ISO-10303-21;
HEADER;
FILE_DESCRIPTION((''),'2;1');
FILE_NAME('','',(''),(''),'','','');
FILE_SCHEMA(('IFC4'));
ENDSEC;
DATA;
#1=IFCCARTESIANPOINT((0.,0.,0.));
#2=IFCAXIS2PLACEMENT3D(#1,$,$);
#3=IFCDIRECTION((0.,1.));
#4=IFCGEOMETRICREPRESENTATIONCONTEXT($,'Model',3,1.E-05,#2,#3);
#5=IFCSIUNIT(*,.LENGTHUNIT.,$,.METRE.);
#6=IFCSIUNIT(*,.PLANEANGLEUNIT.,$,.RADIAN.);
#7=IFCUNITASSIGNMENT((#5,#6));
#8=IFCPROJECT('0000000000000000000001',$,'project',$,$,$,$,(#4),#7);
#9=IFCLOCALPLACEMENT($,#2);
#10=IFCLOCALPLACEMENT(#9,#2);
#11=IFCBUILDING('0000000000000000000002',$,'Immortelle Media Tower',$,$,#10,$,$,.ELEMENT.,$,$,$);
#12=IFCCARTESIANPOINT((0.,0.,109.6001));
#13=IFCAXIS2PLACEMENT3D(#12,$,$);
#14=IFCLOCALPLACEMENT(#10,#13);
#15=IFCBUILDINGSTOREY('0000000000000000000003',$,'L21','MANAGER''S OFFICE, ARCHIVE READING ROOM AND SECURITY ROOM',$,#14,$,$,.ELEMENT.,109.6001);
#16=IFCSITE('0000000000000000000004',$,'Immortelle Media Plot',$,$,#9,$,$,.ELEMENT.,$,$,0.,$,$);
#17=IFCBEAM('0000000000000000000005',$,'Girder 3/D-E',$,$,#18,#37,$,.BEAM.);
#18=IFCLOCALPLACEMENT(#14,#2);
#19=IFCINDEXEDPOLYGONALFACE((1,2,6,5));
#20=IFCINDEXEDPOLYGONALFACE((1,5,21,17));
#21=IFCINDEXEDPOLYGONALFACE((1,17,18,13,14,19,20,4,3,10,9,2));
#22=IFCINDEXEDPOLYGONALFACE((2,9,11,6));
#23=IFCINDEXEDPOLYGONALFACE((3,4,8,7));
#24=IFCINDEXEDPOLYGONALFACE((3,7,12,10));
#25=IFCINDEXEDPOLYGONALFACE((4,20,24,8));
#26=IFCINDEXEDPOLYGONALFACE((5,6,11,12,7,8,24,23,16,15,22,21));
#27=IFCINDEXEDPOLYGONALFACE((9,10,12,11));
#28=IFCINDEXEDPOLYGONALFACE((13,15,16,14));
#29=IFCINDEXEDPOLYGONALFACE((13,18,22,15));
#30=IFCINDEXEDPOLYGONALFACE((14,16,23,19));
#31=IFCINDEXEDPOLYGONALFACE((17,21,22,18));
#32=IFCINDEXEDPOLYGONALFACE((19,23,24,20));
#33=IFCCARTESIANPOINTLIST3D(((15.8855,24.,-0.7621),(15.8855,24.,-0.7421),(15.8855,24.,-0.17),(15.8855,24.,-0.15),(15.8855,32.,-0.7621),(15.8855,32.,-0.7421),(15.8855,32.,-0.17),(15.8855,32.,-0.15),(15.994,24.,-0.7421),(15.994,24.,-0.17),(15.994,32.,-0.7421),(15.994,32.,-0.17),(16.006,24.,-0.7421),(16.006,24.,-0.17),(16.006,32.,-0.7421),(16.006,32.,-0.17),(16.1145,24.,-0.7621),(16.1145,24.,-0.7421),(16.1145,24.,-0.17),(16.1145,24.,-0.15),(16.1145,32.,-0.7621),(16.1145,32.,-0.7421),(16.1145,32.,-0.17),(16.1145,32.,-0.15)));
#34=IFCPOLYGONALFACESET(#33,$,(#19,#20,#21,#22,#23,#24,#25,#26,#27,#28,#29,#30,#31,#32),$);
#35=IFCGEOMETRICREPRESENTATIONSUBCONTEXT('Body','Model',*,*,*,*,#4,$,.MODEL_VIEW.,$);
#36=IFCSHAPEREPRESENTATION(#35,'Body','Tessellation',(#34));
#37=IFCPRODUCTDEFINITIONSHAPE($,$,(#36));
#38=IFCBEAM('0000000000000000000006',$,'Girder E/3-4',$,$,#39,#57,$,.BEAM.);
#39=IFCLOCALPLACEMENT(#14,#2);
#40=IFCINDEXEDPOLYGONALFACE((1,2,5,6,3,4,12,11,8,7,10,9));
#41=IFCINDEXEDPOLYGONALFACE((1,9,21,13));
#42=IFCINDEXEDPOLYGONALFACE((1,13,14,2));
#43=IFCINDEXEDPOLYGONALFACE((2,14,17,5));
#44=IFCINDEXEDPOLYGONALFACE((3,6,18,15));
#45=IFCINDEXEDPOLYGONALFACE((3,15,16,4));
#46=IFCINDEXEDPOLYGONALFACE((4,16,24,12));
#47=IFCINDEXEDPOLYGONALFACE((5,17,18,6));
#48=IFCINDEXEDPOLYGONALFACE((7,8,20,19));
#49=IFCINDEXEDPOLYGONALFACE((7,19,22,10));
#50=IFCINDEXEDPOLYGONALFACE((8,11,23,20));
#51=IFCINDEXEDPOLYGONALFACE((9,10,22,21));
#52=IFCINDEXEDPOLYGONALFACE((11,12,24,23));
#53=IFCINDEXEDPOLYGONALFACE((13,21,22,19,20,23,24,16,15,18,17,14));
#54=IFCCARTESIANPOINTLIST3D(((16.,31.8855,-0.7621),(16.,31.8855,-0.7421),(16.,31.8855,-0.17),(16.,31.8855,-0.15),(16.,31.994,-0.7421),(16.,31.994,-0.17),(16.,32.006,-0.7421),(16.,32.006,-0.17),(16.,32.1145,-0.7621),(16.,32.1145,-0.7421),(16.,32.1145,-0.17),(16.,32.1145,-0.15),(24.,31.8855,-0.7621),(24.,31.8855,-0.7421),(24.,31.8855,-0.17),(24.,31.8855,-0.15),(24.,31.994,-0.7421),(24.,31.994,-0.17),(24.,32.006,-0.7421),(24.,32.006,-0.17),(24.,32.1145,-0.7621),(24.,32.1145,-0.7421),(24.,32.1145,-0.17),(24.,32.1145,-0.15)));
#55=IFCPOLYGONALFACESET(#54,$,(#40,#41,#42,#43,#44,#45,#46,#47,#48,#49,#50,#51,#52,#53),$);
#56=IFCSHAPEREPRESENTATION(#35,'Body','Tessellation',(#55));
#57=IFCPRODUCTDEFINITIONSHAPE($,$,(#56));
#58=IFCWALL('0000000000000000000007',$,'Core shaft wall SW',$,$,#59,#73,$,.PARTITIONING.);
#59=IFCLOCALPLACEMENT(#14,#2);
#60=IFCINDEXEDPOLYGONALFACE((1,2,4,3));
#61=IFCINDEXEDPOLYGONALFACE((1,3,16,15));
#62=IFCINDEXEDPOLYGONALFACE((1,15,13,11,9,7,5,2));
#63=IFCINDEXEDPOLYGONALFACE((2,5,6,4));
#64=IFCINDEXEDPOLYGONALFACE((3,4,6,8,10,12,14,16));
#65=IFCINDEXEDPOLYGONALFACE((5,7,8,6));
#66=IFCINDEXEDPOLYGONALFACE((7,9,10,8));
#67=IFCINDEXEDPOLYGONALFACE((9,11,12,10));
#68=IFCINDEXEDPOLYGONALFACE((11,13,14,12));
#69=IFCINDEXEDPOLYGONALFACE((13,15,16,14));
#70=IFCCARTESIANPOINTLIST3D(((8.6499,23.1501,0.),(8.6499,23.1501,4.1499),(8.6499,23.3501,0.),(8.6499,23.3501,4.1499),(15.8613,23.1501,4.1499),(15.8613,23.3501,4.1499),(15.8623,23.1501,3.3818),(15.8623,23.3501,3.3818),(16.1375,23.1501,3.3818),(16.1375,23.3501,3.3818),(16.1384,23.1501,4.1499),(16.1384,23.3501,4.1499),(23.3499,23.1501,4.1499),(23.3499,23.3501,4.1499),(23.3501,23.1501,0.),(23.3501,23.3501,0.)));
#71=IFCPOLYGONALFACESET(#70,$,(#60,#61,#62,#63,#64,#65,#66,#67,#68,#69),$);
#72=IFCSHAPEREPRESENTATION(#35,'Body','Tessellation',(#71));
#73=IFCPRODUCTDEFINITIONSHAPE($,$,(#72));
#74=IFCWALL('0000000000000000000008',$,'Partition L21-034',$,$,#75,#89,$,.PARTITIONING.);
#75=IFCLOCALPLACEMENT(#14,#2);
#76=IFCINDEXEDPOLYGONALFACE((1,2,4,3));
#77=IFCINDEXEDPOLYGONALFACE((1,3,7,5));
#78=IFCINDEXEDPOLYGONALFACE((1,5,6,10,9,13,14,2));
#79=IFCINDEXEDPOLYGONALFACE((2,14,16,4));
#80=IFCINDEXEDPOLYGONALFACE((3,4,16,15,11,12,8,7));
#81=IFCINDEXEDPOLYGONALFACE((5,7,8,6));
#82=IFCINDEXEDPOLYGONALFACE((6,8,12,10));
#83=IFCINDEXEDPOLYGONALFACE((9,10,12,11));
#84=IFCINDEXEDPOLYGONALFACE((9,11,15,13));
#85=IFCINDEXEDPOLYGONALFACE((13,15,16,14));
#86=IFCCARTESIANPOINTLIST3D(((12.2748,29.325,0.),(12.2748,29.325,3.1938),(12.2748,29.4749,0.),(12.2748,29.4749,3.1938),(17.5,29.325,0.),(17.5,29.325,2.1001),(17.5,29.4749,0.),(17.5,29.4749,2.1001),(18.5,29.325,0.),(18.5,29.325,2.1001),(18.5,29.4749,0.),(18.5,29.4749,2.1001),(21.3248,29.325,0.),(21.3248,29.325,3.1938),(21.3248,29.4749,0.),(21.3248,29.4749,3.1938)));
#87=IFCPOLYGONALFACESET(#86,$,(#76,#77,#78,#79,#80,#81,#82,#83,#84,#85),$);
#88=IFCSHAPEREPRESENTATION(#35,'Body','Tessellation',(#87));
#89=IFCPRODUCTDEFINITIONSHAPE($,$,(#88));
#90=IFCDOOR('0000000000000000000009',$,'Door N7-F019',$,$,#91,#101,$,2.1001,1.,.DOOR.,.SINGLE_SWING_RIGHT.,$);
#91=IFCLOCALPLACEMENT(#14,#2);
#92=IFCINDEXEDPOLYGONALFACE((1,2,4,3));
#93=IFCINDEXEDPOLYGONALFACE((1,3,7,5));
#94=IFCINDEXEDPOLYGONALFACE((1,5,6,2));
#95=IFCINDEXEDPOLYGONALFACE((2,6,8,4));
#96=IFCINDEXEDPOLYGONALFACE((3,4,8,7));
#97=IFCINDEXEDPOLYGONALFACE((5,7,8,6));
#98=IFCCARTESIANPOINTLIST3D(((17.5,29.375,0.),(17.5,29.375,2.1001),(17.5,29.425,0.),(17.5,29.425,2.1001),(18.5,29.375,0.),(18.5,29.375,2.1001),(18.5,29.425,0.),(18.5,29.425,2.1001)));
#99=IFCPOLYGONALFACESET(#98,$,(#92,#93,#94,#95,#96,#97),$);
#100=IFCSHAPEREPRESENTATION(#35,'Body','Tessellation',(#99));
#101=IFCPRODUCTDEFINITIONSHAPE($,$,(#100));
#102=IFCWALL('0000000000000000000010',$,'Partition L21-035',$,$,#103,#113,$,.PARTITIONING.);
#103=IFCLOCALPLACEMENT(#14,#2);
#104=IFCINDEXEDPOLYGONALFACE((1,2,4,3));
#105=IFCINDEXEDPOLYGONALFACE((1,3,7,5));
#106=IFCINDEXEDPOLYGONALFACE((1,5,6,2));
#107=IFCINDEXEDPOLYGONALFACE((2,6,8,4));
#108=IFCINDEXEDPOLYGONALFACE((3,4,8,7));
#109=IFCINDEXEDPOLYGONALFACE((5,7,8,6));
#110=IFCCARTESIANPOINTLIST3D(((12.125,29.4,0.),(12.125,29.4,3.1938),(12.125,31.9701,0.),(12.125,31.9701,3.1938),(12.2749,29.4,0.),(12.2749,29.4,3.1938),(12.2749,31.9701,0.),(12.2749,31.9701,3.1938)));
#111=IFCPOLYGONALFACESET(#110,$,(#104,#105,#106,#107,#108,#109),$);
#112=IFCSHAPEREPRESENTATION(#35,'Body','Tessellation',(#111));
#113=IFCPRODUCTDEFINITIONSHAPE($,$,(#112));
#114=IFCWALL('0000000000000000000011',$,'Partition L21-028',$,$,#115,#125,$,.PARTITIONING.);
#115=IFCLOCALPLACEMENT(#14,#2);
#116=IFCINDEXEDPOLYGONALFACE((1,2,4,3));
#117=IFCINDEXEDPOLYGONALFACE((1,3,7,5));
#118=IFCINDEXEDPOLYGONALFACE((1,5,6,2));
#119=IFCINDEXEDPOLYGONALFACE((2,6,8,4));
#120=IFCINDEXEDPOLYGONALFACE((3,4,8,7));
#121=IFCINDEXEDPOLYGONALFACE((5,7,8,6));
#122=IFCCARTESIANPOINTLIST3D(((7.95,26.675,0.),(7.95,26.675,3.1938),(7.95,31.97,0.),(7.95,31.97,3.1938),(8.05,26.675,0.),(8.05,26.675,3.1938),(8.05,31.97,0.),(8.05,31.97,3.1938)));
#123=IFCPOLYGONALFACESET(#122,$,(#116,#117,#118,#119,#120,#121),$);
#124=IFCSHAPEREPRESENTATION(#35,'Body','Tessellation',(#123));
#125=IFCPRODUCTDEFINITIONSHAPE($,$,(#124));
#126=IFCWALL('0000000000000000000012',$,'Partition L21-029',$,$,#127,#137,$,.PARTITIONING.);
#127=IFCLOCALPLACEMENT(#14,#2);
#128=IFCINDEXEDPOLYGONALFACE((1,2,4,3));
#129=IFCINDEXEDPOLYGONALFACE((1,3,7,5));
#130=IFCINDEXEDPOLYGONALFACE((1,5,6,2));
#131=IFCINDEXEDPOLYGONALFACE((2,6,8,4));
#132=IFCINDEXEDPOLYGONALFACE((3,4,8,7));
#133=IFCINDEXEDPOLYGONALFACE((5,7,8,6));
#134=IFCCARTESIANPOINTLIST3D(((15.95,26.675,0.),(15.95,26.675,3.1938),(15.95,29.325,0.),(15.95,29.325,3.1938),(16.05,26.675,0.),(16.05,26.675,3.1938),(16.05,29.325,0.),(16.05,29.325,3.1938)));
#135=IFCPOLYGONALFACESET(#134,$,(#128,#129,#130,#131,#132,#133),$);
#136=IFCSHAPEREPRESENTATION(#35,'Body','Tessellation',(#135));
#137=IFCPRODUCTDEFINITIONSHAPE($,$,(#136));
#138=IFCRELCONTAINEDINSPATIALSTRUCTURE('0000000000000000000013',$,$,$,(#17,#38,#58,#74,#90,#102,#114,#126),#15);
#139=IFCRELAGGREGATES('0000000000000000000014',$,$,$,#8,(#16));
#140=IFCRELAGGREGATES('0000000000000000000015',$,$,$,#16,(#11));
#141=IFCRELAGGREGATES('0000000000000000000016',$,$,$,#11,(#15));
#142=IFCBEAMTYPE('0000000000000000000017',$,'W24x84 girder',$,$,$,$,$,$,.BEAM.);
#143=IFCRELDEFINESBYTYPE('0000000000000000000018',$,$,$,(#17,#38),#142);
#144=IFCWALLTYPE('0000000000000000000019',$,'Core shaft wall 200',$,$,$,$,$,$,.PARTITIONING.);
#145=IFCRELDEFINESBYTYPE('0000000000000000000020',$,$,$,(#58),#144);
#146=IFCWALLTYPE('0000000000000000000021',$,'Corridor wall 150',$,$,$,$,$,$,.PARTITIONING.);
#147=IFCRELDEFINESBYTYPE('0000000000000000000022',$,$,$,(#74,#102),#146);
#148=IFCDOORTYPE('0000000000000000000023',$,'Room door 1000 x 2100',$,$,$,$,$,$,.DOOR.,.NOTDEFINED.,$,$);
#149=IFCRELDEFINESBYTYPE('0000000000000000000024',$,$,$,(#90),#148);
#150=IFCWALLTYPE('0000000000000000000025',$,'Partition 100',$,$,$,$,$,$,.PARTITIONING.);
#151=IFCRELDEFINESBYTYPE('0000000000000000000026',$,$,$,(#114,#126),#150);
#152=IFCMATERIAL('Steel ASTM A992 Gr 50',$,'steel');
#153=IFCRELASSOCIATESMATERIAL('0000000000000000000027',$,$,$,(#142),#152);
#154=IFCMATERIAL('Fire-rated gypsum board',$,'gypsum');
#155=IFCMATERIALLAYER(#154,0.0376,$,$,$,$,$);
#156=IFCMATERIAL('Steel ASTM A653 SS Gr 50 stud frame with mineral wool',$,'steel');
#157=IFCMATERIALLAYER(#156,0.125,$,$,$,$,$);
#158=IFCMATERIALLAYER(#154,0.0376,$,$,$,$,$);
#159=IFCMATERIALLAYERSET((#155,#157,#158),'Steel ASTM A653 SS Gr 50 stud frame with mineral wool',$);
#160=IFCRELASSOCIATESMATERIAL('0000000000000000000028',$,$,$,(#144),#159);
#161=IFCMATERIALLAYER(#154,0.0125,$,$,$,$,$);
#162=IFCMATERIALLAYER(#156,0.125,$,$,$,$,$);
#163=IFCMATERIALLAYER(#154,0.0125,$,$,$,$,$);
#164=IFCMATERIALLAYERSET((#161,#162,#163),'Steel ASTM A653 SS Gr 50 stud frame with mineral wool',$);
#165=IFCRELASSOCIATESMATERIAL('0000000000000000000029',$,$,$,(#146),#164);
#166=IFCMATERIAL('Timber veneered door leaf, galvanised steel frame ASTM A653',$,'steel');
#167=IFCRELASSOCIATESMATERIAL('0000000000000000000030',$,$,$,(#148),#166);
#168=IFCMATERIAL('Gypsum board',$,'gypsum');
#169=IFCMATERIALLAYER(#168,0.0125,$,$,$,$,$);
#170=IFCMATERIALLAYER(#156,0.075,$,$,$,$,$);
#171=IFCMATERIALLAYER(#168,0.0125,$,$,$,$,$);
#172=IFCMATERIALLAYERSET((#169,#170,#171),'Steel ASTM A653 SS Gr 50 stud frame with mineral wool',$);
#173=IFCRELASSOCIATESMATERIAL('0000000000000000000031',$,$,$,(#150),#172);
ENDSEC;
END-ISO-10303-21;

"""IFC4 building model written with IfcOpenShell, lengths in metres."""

from ifc_helpers import new_model, si_unit, direction, frame, frame_2d, origin, origin_2d, place, context, subcontext, project, spatial, polyline, rectangle, i_section, outline, extrude, material, layer, layer_set, material_profile, profile_set, type_object, element, fill, save


model = new_model("IFC4")

# Units and contexts
model_context = context("Model", 3, precision=1e-05, world=origin(), true_north=direction((0.0, 1.0)))
body_context = subcontext(model_context, "Body", "Model", "MODEL_VIEW")
ifc_project = project(units=[si_unit("LENGTHUNIT", "METRE"), si_unit("PLANEANGLEUNIT", "RADIAN")], contexts=[model_context])

# Site, building, storey
site_placement = place(None, origin())
site = spatial("IfcSite", under=ifc_project, at=site_placement, Name="Immortelle Media Plot", CompositionType="ELEMENT", RefElevation=0.0)
building_placement = place(site_placement, origin())
building = spatial("IfcBuilding", under=site, at=building_placement, Name="Immortelle Media Tower", CompositionType="ELEMENT")
storey_placement = place(building_placement, frame((0.0, 0.0, 109.6001)))
storey = spatial("IfcBuildingStorey", under=building, at=storey_placement, Name="L21", Description="MANAGER'S OFFICE, ARCHIVE READING ROOM AND SECURITY ROOM", CompositionType="ELEMENT", Elevation=109.6001)

# Shared definitions
ifc_material_1 = material(Name="Steel ASTM A992 Gr 50", Category="steel")

# Beams
ifc_material_profile_1 = material_profile(ifc_material_1, i_section(OverallWidth=0.229, OverallDepth=0.6121, WebThickness=0.012, FlangeThickness=0.02, at=origin_2d()), Name="W24x84")
ifc_profile_set_1 = profile_set([ifc_material_profile_1], Name="Steel ASTM A992 Gr 50")
beam_type_1 = type_object("IfcBeamType", Name="W24x84 girder", PredefinedType="BEAM", material=ifc_profile_set_1)
for number, where, z_axis, x_axis, name in (
    (1, (16.0, 24.0, -0.4561), (0.0, 1.0, 0.0), (-1.0, 0.0, 0.0), "Girder 3/D-E"),
    (2, (16.0, 32.0, -0.4561), (1.0, 0.0, 0.0), (0.0, 1.0, 0.0), "Girder E/3-4"),
):
    element("IfcBeam", number, at=place(storey_placement, frame(where, z_axis=z_axis, x_axis=x_axis)), inside=storey, type_object=beam_type_1, Name=name, PredefinedType="BEAM", context=body_context, shape_type="SweptSolid", body=[
        extrude(i_section(OverallWidth=0.229, OverallDepth=0.6121, WebThickness=0.012, FlangeThickness=0.02, at=origin_2d()), origin(), (0.0, 0.0, 1.0), 8.0),
    ])

# Wall
ifc_material_2 = material(Name="Fire-rated gypsum board", Category="gypsum")
ifc_layer_1 = layer(ifc_material_2, 0.0376)
ifc_material_3 = material(Name="Steel ASTM A653 SS Gr 50 stud frame with mineral wool", Category="steel")
ifc_layer_2 = layer(ifc_material_3, 0.125)
ifc_layer_3 = layer(ifc_material_2, 0.0376)
ifc_layer_set_1 = layer_set([ifc_layer_1, ifc_layer_2, ifc_layer_3], Name="Steel ASTM A653 SS Gr 50 stud frame with mineral wool")
wall_type_1 = type_object("IfcWallType", Name="Core shaft wall 200", PredefinedType="PARTITIONING", material=ifc_layer_set_1)
wall_1_placement = place(storey_placement, frame((8.6499, 23.25, 0.0), z_axis=(0.0, 0.0, 1.0), x_axis=(1.0, 0.0, 0.0)))
element("IfcWall", 3, at=wall_1_placement, inside=storey, type_object=wall_type_1, Name="Core shaft wall SW", PredefinedType="PARTITIONING", context=body_context, shape_type="SweptSolid", body=[
    extrude(outline(polyline([(0.0, 0.0), (14.7002, 0.0), (14.7, 4.1499), (7.4885, 4.1499), (7.4875, 3.3818), (7.2124, 3.3818), (7.2114, 4.1499), (0.0, 4.1499), (0.0, 0.0)])), frame((0.0, 0.1001, 0.0), z_axis=(0.0, -1.0, 0.0), x_axis=(1.0, 0.0, 0.0)), (0.0, 0.0, 1.0), 0.2),
])

# Wall, opening, door
ifc_layer_4 = layer(ifc_material_2, 0.0125)
ifc_layer_5 = layer(ifc_material_3, 0.125)
ifc_layer_6 = layer(ifc_material_2, 0.0125)
ifc_layer_set_2 = layer_set([ifc_layer_4, ifc_layer_5, ifc_layer_6], Name="Steel ASTM A653 SS Gr 50 stud frame with mineral wool")
wall_type_2 = type_object("IfcWallType", Name="Corridor wall 150", PredefinedType="PARTITIONING", material=ifc_layer_set_2)
wall_2_placement = place(storey_placement, frame((12.2749, 29.3999, 0.0), z_axis=(0.0, 0.0, 1.0), x_axis=(1.0, 0.0, 0.0)))
wall_2 = element("IfcWall", 4, at=wall_2_placement, inside=storey, type_object=wall_type_2, Name="Partition L21-034", PredefinedType="PARTITIONING", context=body_context, shape_type="SweptSolid", body=[
    extrude(rectangle(XDim=9.05, YDim=0.1499, at=frame_2d((4.5249, 0.0))), origin(), (0.0, 0.0, 1.0), 3.1938),
])
opening_placement = place(wall_2_placement, frame((6.2251, 0.0, 0.0), z_axis=(0.0, 0.0, 1.0), x_axis=(-1.0, 0.0, 0.0)))
opening = element("IfcOpeningElement", 5, at=opening_placement, cuts=wall_2, PredefinedType="OPENING", context=body_context, shape_type="SweptSolid", body=[
    extrude(rectangle(XDim=1.0, YDim=2.1001, at=frame_2d((0.5, 1.05))), frame((0.0, 0.085, 0.0), z_axis=(0.0, -1.0, 0.0), x_axis=(1.0, 0.0, 0.0)), (0.0, 0.0, 1.0), 0.1699),
])
ifc_material_4 = material(Name="Timber veneered door leaf, galvanised steel frame ASTM A653", Category="steel")
door_type = type_object("IfcDoorType", Name="Room door 1000 x 2100", OperationType="NOTDEFINED", PredefinedType="DOOR", material=ifc_material_4)
door_placement = place(opening_placement, origin())
door = element("IfcDoor", 6, at=door_placement, inside=storey, type_object=door_type, Name="Door N7-F019", OperationType="SINGLE_SWING_RIGHT", OverallHeight=2.1001, OverallWidth=1.0, PredefinedType="DOOR", context=body_context, shape_type="SweptSolid", body=[
    extrude(rectangle(XDim=1.0, YDim=2.1001, at=frame_2d((0.5, 1.05))), frame((0.0, 0.0249, 0.0), z_axis=(0.0, -1.0, 0.0), x_axis=(1.0, 0.0, 0.0)), (0.0, 0.0, 1.0), 0.05),
])
fill(opening, door)

# Walls
wall_3_placement = place(storey_placement, frame((12.2, 29.3999, 0.0), z_axis=(0.0, 0.0, 1.0), x_axis=(0.0, 1.0, 0.0)))
element("IfcWall", 7, at=wall_3_placement, inside=storey, type_object=wall_type_2, Name="Partition L21-035", PredefinedType="PARTITIONING", context=body_context, shape_type="SweptSolid", body=[
    extrude(rectangle(XDim=2.5701, YDim=0.1499, at=frame_2d((1.2852, 0.0))), origin(), (0.0, 0.0, 1.0), 3.1938),
])
ifc_material_5 = material(Name="Gypsum board", Category="gypsum")
ifc_layer_7 = layer(ifc_material_5, 0.0125)
ifc_layer_8 = layer(ifc_material_3, 0.075)
ifc_layer_9 = layer(ifc_material_5, 0.0125)
ifc_layer_set_3 = layer_set([ifc_layer_7, ifc_layer_8, ifc_layer_9], Name="Steel ASTM A653 SS Gr 50 stud frame with mineral wool")
wall_type_3 = type_object("IfcWallType", Name="Partition 100", PredefinedType="PARTITIONING", material=ifc_layer_set_3)
wall_4_placement = place(storey_placement, frame((8.0, 26.675, 0.0), z_axis=(0.0, 0.0, 1.0), x_axis=(0.0, 1.0, 0.0)))
element("IfcWall", 8, at=wall_4_placement, inside=storey, type_object=wall_type_3, Name="Partition L21-028", PredefinedType="PARTITIONING", context=body_context, shape_type="SweptSolid", body=[
    extrude(rectangle(XDim=5.2949, YDim=0.1001, at=frame_2d((2.6475, 0.0))), origin(), (0.0, 0.0, 1.0), 3.1938),
])
wall_5_placement = place(storey_placement, frame((16.0, 26.675, 0.0), z_axis=(0.0, 0.0, 1.0), x_axis=(0.0, 1.0, 0.0)))
element("IfcWall", 9, at=wall_5_placement, inside=storey, type_object=wall_type_3, Name="Partition L21-029", PredefinedType="PARTITIONING", context=body_context, shape_type="SweptSolid", body=[
    extrude(rectangle(XDim=2.6499, YDim=0.1001, at=frame_2d((1.325, 0.0))), origin(), (0.0, 0.0, 1.0), 3.1938),
])

save(model, "model.ifc")
